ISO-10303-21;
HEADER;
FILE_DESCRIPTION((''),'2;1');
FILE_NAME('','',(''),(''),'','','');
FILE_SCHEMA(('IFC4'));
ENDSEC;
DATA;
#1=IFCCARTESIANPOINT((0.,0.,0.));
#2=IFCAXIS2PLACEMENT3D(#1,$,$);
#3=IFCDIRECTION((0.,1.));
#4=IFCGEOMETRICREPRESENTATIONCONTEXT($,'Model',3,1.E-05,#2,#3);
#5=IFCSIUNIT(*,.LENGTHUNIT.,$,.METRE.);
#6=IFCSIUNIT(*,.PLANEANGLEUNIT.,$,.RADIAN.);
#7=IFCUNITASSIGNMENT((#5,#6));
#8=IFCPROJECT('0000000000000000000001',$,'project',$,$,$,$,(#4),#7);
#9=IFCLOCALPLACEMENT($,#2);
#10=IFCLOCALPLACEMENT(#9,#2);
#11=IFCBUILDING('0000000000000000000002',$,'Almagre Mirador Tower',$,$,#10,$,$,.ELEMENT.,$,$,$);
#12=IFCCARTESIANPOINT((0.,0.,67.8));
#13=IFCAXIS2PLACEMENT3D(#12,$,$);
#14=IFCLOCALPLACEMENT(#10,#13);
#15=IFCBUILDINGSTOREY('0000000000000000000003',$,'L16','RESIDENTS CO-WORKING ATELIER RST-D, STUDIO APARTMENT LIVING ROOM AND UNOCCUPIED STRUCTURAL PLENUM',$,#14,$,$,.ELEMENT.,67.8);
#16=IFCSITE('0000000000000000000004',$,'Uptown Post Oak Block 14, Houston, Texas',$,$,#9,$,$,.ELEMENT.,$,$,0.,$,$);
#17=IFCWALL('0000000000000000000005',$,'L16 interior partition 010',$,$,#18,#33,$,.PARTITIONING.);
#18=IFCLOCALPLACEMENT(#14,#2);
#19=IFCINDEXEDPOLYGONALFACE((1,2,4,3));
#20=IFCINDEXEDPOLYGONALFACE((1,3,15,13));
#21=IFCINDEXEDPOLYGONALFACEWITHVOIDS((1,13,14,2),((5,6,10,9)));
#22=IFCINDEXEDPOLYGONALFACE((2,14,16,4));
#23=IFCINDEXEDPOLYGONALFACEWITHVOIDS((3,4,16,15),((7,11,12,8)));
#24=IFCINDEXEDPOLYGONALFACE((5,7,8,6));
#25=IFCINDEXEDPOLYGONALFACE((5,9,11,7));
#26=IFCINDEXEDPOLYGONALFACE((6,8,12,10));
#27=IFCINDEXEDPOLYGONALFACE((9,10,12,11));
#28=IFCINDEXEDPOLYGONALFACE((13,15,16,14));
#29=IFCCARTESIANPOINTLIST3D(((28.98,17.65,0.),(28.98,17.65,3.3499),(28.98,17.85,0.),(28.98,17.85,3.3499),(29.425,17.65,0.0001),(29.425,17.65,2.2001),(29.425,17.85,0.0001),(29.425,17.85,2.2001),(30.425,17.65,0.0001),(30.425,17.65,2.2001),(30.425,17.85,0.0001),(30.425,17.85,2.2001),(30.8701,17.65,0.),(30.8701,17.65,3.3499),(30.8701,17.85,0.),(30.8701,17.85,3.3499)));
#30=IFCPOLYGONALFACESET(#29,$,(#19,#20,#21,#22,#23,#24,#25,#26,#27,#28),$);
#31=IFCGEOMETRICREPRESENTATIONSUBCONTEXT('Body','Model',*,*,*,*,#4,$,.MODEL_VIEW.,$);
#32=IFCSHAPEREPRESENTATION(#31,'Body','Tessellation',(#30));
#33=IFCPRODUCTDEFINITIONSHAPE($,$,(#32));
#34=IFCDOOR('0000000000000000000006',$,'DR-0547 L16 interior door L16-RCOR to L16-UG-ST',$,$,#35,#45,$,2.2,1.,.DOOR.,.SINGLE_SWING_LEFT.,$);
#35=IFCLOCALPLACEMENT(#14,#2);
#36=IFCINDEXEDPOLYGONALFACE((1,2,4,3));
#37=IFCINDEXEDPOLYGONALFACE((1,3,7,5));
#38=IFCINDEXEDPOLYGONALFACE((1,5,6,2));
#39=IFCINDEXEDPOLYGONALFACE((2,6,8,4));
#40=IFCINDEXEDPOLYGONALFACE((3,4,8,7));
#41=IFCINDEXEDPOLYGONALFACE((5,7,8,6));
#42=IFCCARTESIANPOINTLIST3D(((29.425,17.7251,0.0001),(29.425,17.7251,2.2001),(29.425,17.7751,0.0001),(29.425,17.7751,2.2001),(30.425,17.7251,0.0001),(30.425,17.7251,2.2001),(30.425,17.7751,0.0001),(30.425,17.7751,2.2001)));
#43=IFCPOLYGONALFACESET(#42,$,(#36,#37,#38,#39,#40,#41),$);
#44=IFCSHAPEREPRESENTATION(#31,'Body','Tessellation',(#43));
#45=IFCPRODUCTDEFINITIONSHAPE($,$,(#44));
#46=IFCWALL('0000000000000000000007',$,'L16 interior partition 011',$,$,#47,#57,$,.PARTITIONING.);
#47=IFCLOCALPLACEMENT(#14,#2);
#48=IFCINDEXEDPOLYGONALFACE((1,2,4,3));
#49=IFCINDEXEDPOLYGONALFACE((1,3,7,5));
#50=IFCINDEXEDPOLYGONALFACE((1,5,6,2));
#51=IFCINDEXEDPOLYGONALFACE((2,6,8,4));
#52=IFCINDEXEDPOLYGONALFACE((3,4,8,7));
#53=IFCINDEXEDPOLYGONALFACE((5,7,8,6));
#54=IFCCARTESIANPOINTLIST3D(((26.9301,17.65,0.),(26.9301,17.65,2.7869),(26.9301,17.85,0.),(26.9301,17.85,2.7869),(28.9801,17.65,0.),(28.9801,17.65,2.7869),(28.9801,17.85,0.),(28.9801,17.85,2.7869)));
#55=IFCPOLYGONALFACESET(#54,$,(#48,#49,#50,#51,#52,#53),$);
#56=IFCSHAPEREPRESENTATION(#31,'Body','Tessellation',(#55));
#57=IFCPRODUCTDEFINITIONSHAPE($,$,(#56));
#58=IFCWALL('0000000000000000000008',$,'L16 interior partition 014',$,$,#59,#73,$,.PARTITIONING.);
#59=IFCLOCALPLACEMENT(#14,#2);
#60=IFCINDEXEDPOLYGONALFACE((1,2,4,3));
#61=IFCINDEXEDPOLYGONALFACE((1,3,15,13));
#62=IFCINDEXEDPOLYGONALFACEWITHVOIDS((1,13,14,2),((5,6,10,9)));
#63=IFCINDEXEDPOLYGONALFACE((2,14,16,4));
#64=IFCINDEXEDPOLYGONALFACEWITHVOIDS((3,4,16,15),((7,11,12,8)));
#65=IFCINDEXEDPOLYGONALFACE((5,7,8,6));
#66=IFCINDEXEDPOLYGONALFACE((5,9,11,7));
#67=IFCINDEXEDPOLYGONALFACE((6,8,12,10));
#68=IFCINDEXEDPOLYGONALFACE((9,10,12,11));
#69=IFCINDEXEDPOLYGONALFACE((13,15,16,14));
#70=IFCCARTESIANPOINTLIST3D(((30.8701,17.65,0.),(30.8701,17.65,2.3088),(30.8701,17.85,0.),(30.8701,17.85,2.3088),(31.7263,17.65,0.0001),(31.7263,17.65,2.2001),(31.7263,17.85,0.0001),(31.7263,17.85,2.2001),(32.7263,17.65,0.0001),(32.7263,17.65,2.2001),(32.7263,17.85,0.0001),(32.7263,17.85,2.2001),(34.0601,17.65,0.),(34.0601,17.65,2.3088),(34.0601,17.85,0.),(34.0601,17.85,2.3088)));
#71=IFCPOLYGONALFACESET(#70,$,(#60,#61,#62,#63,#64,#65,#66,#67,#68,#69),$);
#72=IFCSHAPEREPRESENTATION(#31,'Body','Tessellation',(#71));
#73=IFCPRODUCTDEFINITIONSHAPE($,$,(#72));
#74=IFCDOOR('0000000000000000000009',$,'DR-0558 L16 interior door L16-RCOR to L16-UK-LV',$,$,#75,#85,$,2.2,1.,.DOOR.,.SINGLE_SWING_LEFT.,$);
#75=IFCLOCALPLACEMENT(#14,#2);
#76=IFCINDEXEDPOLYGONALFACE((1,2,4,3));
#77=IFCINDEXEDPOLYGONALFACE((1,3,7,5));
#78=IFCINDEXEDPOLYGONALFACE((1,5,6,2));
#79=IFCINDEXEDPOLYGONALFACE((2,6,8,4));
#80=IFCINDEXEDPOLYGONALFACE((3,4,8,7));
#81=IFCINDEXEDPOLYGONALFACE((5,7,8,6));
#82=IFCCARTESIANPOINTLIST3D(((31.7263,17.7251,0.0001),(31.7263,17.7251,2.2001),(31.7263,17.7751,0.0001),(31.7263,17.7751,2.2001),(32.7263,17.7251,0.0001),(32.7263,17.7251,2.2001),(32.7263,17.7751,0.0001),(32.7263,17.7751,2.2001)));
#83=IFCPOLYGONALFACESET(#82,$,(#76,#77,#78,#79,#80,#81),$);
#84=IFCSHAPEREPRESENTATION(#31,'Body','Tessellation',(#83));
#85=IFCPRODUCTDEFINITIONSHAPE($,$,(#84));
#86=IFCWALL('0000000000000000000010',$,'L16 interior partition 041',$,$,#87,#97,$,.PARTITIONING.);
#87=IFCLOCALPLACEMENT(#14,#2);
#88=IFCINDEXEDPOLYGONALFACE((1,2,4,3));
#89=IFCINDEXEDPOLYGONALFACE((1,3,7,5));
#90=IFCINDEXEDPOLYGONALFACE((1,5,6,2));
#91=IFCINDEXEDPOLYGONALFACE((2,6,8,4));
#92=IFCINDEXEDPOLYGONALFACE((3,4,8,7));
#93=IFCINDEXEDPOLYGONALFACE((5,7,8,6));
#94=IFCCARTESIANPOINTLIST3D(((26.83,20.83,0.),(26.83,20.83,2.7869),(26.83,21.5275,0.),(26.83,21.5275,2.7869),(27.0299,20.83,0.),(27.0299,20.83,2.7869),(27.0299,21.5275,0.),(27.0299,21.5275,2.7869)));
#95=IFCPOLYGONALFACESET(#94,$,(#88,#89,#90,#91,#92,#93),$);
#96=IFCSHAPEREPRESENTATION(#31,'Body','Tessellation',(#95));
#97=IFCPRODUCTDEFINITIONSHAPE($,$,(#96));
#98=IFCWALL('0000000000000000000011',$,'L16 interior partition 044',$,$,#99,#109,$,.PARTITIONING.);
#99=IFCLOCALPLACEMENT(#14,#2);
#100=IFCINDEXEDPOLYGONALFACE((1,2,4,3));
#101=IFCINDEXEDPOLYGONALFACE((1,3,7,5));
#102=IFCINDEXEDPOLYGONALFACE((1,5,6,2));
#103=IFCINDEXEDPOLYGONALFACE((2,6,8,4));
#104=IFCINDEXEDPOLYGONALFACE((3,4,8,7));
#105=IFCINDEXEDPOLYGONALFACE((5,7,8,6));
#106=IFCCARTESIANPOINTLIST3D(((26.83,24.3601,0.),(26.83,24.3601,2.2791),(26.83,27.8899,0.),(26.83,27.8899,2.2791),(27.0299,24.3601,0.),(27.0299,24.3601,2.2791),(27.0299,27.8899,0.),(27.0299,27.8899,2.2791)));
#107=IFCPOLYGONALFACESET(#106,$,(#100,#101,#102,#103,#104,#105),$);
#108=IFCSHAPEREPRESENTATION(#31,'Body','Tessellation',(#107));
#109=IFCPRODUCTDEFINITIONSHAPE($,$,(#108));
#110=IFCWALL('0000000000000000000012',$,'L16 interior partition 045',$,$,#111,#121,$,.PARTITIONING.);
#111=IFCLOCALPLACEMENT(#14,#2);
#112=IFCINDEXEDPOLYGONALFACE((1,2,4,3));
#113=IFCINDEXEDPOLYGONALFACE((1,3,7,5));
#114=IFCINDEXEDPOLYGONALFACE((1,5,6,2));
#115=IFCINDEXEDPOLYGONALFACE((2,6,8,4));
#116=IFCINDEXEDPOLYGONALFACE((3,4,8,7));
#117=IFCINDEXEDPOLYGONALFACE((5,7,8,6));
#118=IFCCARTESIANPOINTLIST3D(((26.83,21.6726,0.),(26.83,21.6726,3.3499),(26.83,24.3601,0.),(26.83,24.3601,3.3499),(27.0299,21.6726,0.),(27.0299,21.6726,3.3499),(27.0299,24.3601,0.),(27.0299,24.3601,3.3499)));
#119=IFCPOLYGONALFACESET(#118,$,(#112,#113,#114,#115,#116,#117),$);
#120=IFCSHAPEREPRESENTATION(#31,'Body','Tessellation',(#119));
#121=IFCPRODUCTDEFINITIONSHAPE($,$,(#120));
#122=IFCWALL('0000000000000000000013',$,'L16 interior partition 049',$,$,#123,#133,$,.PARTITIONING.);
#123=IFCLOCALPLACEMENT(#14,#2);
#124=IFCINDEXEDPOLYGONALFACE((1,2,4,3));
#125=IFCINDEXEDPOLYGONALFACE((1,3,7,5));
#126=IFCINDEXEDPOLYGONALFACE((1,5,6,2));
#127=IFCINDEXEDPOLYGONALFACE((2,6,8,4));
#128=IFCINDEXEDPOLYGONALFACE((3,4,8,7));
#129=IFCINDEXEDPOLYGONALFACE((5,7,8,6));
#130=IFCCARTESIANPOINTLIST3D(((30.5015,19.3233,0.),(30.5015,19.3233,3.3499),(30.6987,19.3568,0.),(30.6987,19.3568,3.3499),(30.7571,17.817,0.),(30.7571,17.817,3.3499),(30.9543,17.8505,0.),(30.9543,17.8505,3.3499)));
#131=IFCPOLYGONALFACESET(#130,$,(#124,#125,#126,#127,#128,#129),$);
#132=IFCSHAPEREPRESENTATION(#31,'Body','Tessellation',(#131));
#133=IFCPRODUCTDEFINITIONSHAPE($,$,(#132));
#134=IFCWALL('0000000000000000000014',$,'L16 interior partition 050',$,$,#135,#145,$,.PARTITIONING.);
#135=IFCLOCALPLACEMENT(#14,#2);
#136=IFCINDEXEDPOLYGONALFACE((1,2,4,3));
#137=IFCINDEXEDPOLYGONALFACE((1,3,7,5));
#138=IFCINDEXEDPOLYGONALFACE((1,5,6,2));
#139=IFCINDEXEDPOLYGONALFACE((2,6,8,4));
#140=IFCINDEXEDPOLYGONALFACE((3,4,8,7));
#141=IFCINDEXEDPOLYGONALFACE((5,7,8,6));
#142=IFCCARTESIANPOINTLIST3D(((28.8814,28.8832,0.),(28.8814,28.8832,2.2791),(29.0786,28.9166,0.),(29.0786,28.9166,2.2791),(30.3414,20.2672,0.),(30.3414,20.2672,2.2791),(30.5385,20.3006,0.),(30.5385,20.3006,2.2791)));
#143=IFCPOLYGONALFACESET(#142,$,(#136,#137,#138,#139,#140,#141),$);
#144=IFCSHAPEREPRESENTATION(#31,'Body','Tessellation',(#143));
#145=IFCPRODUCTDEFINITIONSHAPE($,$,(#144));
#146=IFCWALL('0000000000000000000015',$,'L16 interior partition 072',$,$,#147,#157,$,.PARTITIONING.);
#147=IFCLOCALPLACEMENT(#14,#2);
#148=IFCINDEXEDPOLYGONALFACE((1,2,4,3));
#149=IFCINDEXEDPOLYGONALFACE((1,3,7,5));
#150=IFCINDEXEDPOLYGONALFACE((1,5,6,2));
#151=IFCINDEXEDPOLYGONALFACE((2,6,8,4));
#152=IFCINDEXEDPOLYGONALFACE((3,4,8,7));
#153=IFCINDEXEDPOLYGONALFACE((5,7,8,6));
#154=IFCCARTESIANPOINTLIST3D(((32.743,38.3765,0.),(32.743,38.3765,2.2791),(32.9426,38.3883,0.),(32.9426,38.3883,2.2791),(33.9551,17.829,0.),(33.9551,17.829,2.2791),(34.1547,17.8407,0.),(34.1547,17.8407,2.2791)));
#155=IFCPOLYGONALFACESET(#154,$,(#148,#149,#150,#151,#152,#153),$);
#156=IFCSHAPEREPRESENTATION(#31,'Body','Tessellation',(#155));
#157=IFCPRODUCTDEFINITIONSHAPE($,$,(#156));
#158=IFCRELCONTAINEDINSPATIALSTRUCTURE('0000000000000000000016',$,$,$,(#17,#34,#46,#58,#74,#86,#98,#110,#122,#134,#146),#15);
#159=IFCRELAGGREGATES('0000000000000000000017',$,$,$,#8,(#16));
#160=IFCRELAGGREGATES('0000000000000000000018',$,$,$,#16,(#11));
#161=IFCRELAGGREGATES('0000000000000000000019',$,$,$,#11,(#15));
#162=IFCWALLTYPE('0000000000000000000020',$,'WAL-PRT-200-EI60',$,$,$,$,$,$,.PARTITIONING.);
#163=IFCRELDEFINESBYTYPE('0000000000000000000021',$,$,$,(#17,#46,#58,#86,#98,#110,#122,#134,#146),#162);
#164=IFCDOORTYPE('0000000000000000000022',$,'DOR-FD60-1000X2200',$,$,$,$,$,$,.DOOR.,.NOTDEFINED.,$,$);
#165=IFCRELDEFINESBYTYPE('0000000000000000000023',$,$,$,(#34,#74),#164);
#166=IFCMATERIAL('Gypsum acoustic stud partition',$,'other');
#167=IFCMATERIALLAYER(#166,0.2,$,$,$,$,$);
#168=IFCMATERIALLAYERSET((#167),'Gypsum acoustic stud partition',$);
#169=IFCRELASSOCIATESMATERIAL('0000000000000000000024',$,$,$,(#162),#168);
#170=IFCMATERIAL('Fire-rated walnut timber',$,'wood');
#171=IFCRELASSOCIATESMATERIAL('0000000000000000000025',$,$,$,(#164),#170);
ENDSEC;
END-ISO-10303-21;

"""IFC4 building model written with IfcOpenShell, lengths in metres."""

from ifc_helpers import new_model, si_unit, direction, frame, frame_2d, origin, place, context, subcontext, project, spatial, rectangle, extrude, material, layer, layer_set, type_object, element, fill, save


model = new_model("IFC4")

# Units and contexts
model_context = context("Model", 3, precision=1e-05, world=origin(), true_north=direction((0.0, 1.0)))
body_context = subcontext(model_context, "Body", "Model", "MODEL_VIEW")
ifc_project = project(units=[si_unit("LENGTHUNIT", "METRE"), si_unit("PLANEANGLEUNIT", "RADIAN")], contexts=[model_context])

# Site, building, storey
site_placement = place(None, origin())
site = spatial("IfcSite", under=ifc_project, at=site_placement, Name="Uptown Post Oak Block 14, Houston, Texas", CompositionType="ELEMENT", RefElevation=0.0)
building_placement = place(site_placement, origin())
building = spatial("IfcBuilding", under=site, at=building_placement, Name="Almagre Mirador Tower", CompositionType="ELEMENT")
storey_placement = place(building_placement, frame((0.0, 0.0, 67.8)))
storey = spatial("IfcBuildingStorey", under=building, at=storey_placement, Name="L16", Description="RESIDENTS CO-WORKING ATELIER RST-D, STUDIO APARTMENT LIVING ROOM AND UNOCCUPIED STRUCTURAL PLENUM", CompositionType="ELEMENT", Elevation=67.8)

# Wall, opening, door
ifc_material_1 = material(Name="Gypsum acoustic stud partition", Category="other")
ifc_layer_1 = layer(ifc_material_1, 0.2)
ifc_layer_set_1 = layer_set([ifc_layer_1], Name="Gypsum acoustic stud partition")
wall_type_1 = type_object("IfcWallType", Name="WAL-PRT-200-EI60", PredefinedType="PARTITIONING", material=ifc_layer_set_1)
wall_1_placement = place(storey_placement, frame((30.8701, 17.75, 0.0), z_axis=(0.0, 0.0, 1.0), x_axis=(-1.0, 0.0, 0.0)))
wall_1 = element("IfcWall", 1, at=wall_1_placement, inside=storey, type_object=wall_type_1, Name="L16 interior partition 010", PredefinedType="PARTITIONING", context=body_context, shape_type="SweptSolid", body=[
    extrude(rectangle(XDim=1.8901, YDim=0.2, at=frame_2d((0.9451, 0.0))), origin(), (0.0, 0.0, 1.0), 3.3499),
])
opening_1_placement = place(wall_1_placement, frame((0.4451, 0.0, 0.0)))
opening_1 = element("IfcOpeningElement", 2, at=opening_1_placement, cuts=wall_1, PredefinedType="OPENING", context=body_context, shape_type="SweptSolid", body=[
    extrude(rectangle(XDim=1.0, YDim=2.2, at=frame_2d((0.5, 1.1001))), frame((0.0, 0.1101, 0.0), z_axis=(0.0, -1.0, 0.0), x_axis=(1.0, 0.0, 0.0)), (0.0, 0.0, 1.0), 0.22),
])
ifc_material_2 = material(Name="Fire-rated walnut timber", Category="wood")
door_type_1 = type_object("IfcDoorType", Name="DOR-FD60-1000X2200", OperationType="NOTDEFINED", PredefinedType="DOOR", material=ifc_material_2)
door_1_placement = place(opening_1_placement, origin())
door_1 = element("IfcDoor", 3, at=door_1_placement, inside=storey, type_object=door_type_1, Name="DR-0547 L16 interior door L16-RCOR to L16-UG-ST", OperationType="SINGLE_SWING_LEFT", OverallHeight=2.2, OverallWidth=1.0, PredefinedType="DOOR", context=body_context, shape_type="SweptSolid", body=[
    extrude(rectangle(XDim=1.0, YDim=2.2, at=frame_2d((0.5, 1.1001))), frame((0.0, 0.0249, 0.0), z_axis=(0.0, -1.0, 0.0), x_axis=(1.0, 0.0, 0.0)), (0.0, 0.0, 1.0), 0.05),
])
fill(opening_1, door_1)

# Wall
wall_2_placement = place(storey_placement, frame((28.98, 17.75, 0.0), z_axis=(0.0, 0.0, 1.0), x_axis=(-1.0, 0.0, 0.0)))
element("IfcWall", 4, at=wall_2_placement, inside=storey, type_object=wall_type_1, Name="L16 interior partition 011", PredefinedType="PARTITIONING", context=body_context, shape_type="SweptSolid", body=[
    extrude(rectangle(XDim=2.05, YDim=0.2, at=frame_2d((1.0249, 0.0))), origin(), (0.0, 0.0, 1.0), 2.7869),
])

# Wall, opening, door
wall_3_placement = place(storey_placement, frame((34.0601, 17.75, 0.0), z_axis=(0.0, 0.0, 1.0), x_axis=(-1.0, 0.0, 0.0)))
wall_3 = element("IfcWall", 5, at=wall_3_placement, inside=storey, type_object=wall_type_1, Name="L16 interior partition 014", PredefinedType="PARTITIONING", context=body_context, shape_type="SweptSolid", body=[
    extrude(rectangle(XDim=3.1899, YDim=0.2, at=frame_2d((1.595, 0.0))), origin(), (0.0, 0.0, 1.0), 2.3088),
])
opening_2_placement = place(wall_3_placement, frame((1.3337, 0.0, 0.0)))
opening_2 = element("IfcOpeningElement", 6, at=opening_2_placement, cuts=wall_3, PredefinedType="OPENING", context=body_context, shape_type="SweptSolid", body=[
    extrude(rectangle(XDim=1.0, YDim=2.2, at=frame_2d((0.5, 1.1001))), frame((0.0, 0.1101, 0.0), z_axis=(0.0, -1.0, 0.0), x_axis=(1.0, 0.0, 0.0)), (0.0, 0.0, 1.0), 0.22),
])
door_2_placement = place(opening_2_placement, origin())
door_2 = element("IfcDoor", 7, at=door_2_placement, inside=storey, type_object=door_type_1, Name="DR-0558 L16 interior door L16-RCOR to L16-UK-LV", OperationType="SINGLE_SWING_LEFT", OverallHeight=2.2, OverallWidth=1.0, PredefinedType="DOOR", context=body_context, shape_type="SweptSolid", body=[
    extrude(rectangle(XDim=1.0, YDim=2.2, at=frame_2d((0.5, 1.1001))), frame((0.0, 0.0249, 0.0), z_axis=(0.0, -1.0, 0.0), x_axis=(1.0, 0.0, 0.0)), (0.0, 0.0, 1.0), 0.05),
])
fill(opening_2, door_2)

# Walls
wall_4_placement = place(storey_placement, frame((26.9299, 20.8301, 0.0), z_axis=(0.0, 0.0, 1.0), x_axis=(0.0, 1.0, 0.0)))
element("IfcWall", 8, at=wall_4_placement, inside=storey, type_object=wall_type_1, Name="L16 interior partition 041", PredefinedType="PARTITIONING", context=body_context, shape_type="SweptSolid", body=[
    extrude(rectangle(XDim=0.6975, YDim=0.2, at=frame_2d((0.3486, 0.0))), origin(), (0.0, 0.0, 1.0), 2.7869),
])
wall_5_placement = place(storey_placement, frame((26.9299, 24.3601, 0.0), z_axis=(0.0, 0.0, 1.0), x_axis=(0.0, 1.0, 0.0)))
element("IfcWall", 9, at=wall_5_placement, inside=storey, type_object=wall_type_1, Name="L16 interior partition 044", PredefinedType="PARTITIONING", context=body_context, shape_type="SweptSolid", body=[
    extrude(rectangle(XDim=3.5298, YDim=0.2, at=frame_2d((1.7649, 0.0))), origin(), (0.0, 0.0, 1.0), 2.2791),
])
wall_6_placement = place(storey_placement, frame((26.9299, 21.6726, 0.0), z_axis=(0.0, 0.0, 1.0), x_axis=(0.0, 1.0, 0.0)))
element("IfcWall", 10, at=wall_6_placement, inside=storey, type_object=wall_type_1, Name="L16 interior partition 045", PredefinedType="PARTITIONING", context=body_context, shape_type="SweptSolid", body=[
    extrude(rectangle(XDim=2.6875, YDim=0.2, at=frame_2d((1.3438, 0.0))), origin(), (0.0, 0.0, 1.0), 3.3499),
])
wall_7_placement = place(storey_placement, frame((30.8557, 17.8337, 0.0), z_axis=(0.0, 0.0, 1.0), x_axis=(-0.1673, 0.985906, 0.0)))
element("IfcWall", 11, at=wall_7_placement, inside=storey, type_object=wall_type_1, Name="L16 interior partition 049", PredefinedType="PARTITIONING", context=body_context, shape_type="SweptSolid", body=[
    extrude(rectangle(XDim=1.5278, YDim=0.2, at=frame_2d((0.7639, 0.0))), origin(), (0.0, 0.0, 1.0), 3.3499),
])
wall_8_placement = place(storey_placement, frame((30.4399, 20.2839, 0.0), z_axis=(0.0, 0.0, 1.0), x_axis=(-0.167067, 0.985946, 0.0)))
element("IfcWall", 12, at=wall_8_placement, inside=storey, type_object=wall_type_1, Name="L16 interior partition 050", PredefinedType="PARTITIONING", context=body_context, shape_type="SweptSolid", body=[
    extrude(rectangle(XDim=8.7388, YDim=0.2, at=frame_2d((4.3694, 0.0))), origin(), (0.0, 0.0, 1.0), 2.2791),
])
wall_9_placement = place(storey_placement, frame((34.0549, 17.835, 0.0), z_axis=(0.0, 0.0, 1.0), x_axis=(-0.05889, 0.998264, 0.0)))
element("IfcWall", 13, at=wall_9_placement, inside=storey, type_object=wall_type_1, Name="L16 interior partition 072", PredefinedType="PARTITIONING", context=body_context, shape_type="SweptSolid", body=[
    extrude(rectangle(XDim=20.5833, YDim=0.2, at=frame_2d((10.2915, 0.0))), origin(), (0.0, 0.0, 1.0), 2.2791),
])

save(model, "model.ifc")
